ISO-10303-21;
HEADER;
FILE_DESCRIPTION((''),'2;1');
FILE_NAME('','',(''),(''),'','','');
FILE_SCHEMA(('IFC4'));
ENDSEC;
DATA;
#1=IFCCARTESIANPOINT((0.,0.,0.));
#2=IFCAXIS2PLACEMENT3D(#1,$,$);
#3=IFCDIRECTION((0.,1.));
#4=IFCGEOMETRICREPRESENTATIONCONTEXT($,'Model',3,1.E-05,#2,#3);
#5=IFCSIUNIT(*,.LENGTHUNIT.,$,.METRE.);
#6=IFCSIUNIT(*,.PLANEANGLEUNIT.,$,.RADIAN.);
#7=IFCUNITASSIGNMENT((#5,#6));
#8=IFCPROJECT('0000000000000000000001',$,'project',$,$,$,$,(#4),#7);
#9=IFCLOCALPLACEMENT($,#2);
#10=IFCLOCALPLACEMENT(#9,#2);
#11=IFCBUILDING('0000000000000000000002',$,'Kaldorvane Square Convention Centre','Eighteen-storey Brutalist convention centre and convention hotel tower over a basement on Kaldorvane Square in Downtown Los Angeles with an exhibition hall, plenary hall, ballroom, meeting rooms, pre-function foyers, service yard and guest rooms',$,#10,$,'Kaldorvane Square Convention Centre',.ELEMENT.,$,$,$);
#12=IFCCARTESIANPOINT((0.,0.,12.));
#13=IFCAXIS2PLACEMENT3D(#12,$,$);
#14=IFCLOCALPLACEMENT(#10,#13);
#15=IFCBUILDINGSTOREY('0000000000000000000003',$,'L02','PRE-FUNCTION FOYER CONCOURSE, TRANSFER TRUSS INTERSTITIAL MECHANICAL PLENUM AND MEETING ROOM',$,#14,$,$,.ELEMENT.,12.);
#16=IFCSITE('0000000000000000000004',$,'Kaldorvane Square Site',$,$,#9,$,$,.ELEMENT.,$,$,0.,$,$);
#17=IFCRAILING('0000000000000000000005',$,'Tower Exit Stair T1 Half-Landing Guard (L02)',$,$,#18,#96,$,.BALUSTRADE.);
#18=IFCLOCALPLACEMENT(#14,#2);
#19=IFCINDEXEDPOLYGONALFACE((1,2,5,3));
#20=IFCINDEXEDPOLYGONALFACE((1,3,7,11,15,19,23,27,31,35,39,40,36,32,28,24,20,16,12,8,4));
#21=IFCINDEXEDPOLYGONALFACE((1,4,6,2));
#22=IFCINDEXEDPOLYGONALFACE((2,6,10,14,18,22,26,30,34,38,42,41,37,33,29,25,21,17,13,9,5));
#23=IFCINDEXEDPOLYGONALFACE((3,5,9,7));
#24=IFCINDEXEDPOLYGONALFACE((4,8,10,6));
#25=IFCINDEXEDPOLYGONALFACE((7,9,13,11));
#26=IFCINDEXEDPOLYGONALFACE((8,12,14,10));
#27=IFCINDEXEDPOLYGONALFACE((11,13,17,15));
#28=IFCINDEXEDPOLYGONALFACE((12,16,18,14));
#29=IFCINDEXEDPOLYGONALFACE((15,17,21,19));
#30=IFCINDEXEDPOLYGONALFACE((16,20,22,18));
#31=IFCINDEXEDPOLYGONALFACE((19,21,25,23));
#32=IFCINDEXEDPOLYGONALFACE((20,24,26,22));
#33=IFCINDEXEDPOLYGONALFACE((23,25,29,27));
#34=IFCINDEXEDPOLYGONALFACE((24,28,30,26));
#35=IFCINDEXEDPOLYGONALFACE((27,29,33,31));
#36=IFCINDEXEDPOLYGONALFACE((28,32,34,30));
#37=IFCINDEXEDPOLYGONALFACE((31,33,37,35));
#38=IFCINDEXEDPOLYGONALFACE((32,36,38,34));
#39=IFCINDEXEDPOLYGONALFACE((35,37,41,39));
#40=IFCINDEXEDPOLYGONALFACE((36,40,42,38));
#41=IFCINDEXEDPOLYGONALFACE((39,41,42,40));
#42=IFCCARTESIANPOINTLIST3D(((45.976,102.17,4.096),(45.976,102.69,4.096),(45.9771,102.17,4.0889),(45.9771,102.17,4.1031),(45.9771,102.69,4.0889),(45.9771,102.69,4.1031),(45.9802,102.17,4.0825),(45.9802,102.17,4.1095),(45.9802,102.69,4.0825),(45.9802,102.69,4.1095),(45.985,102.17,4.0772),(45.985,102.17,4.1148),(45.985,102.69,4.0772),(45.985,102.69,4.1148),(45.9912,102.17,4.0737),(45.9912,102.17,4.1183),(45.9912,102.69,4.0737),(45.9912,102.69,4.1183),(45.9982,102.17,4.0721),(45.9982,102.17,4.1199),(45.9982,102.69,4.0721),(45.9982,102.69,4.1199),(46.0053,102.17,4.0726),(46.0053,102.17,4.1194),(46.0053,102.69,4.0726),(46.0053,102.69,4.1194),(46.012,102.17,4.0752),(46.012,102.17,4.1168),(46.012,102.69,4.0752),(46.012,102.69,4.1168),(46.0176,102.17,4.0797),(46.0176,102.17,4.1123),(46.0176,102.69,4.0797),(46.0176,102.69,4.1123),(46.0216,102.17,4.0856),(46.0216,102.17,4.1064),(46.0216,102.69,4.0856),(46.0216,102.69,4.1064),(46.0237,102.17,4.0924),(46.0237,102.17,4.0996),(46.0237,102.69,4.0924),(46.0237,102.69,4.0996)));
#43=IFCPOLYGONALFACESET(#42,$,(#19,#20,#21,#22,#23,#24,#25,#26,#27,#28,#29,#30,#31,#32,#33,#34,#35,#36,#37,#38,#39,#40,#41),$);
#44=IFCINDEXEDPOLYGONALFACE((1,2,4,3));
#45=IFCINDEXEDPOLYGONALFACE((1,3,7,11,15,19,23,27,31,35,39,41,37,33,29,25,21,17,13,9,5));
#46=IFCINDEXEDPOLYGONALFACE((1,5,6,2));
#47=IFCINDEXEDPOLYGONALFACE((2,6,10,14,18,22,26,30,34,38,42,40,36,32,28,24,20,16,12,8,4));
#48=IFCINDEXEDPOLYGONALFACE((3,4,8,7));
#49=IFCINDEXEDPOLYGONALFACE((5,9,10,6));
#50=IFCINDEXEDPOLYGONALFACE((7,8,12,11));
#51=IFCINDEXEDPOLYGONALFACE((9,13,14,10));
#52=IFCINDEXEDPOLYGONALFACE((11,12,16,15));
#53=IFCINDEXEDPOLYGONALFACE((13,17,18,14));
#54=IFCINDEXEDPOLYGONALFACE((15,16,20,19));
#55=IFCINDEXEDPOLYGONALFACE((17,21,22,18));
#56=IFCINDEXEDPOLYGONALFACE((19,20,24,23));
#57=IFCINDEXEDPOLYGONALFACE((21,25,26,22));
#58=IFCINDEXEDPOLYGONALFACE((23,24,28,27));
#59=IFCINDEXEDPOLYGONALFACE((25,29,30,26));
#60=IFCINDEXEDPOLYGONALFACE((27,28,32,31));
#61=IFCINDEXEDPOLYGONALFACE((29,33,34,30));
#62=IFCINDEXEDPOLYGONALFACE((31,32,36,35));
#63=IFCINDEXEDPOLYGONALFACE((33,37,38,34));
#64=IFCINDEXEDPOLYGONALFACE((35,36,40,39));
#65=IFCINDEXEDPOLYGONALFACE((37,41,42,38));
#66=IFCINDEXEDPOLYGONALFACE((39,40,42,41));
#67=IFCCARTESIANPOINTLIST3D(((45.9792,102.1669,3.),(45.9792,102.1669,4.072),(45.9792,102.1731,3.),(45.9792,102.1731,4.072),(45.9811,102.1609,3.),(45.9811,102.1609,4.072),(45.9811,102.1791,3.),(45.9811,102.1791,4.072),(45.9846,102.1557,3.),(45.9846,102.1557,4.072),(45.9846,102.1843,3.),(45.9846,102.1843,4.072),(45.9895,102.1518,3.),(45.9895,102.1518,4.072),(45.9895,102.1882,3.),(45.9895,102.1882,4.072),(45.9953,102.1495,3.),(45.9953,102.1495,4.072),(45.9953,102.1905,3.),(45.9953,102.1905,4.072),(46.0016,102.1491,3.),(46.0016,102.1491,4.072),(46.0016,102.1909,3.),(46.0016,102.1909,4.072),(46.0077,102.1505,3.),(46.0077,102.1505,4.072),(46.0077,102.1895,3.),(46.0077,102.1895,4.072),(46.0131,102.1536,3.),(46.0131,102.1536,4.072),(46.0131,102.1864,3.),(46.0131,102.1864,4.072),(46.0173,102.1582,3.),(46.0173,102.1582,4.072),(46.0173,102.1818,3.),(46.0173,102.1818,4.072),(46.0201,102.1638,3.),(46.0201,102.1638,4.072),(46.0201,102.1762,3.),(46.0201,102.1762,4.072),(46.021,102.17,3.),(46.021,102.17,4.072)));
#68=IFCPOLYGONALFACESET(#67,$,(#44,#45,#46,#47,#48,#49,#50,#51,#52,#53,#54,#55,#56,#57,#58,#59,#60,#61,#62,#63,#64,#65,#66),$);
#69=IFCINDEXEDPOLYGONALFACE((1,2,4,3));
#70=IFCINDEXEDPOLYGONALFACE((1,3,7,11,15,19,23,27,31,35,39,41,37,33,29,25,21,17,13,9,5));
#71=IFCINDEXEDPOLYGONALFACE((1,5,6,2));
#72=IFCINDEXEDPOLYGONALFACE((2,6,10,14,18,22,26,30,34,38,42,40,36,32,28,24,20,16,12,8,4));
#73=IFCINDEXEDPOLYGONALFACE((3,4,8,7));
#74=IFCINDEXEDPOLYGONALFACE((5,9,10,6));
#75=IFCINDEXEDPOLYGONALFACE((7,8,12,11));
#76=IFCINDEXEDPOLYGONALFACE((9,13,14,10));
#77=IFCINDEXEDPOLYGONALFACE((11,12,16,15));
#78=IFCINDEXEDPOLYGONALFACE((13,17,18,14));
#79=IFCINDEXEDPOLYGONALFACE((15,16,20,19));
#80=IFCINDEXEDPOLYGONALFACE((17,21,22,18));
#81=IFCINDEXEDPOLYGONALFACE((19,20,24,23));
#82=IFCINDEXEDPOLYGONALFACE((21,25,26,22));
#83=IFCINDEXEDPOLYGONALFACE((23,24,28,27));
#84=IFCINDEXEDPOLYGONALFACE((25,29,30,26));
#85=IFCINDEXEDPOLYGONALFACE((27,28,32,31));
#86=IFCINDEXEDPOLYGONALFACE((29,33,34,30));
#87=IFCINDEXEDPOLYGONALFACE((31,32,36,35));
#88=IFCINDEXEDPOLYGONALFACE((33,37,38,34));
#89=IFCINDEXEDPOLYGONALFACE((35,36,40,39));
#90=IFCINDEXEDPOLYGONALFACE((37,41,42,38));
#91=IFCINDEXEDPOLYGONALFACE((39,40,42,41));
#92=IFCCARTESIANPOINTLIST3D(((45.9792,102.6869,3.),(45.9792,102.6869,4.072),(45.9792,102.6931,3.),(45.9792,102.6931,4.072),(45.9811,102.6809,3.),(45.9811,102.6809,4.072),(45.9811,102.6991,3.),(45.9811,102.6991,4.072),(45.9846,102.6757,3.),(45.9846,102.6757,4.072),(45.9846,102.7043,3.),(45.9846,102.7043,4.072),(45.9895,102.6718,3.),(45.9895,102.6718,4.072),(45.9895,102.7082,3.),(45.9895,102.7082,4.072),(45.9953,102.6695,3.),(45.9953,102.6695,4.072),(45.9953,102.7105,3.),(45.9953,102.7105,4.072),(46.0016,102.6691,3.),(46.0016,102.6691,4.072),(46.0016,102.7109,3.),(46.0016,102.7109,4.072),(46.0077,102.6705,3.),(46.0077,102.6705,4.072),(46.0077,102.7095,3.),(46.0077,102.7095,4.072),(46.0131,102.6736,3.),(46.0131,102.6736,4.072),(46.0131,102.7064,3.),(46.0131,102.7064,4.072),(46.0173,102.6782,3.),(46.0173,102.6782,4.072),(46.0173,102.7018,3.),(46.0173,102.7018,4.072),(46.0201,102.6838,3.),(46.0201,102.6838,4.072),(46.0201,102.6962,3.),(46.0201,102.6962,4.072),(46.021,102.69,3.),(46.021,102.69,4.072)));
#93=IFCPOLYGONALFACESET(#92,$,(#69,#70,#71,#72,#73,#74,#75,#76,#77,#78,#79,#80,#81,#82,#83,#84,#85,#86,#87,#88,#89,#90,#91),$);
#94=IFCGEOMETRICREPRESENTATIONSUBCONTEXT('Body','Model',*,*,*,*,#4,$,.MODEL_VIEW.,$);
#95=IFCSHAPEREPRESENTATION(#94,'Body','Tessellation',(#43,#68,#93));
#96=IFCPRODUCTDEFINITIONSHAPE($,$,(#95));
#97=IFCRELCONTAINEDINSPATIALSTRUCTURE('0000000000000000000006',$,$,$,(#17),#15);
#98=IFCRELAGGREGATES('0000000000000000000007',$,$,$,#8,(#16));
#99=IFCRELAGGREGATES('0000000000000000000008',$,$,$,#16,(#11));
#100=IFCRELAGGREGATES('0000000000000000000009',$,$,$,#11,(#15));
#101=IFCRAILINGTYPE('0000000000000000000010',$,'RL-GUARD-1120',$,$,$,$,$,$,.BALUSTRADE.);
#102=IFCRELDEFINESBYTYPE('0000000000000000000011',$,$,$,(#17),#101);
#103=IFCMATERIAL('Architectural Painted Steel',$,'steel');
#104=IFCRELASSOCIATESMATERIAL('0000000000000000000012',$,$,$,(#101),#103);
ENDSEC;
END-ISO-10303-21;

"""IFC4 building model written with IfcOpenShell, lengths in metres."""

from ifc_helpers import new_model, si_unit, direction, frame, origin, origin_2d, place, context, subcontext, project, spatial, circle, extrude, material, type_object, element, save


model = new_model("IFC4")

# Units and contexts
model_context = context("Model", 3, precision=1e-05, world=origin(), true_north=direction((0.0, 1.0)))
body_context = subcontext(model_context, "Body", "Model", "MODEL_VIEW")
ifc_project = project(units=[si_unit("LENGTHUNIT", "METRE"), si_unit("PLANEANGLEUNIT", "RADIAN")], contexts=[model_context])

# Site, building, storey
site_placement = place(None, origin())
site = spatial("IfcSite", under=ifc_project, at=site_placement, Name="Kaldorvane Square Site", CompositionType="ELEMENT", RefElevation=0.0)
building_placement = place(site_placement, origin())
building = spatial("IfcBuilding", under=site, at=building_placement, Name="Kaldorvane Square Convention Centre", Description="Eighteen-storey Brutalist convention centre and convention hotel tower over a basement on Kaldorvane Square in Downtown Los Angeles with an exhibition hall, plenary hall, ballroom, meeting rooms, pre-function foyers, service yard and guest rooms", LongName="Kaldorvane Square Convention Centre", CompositionType="ELEMENT")
storey_placement = place(building_placement, frame((0.0, 0.0, 12.0)))
storey = spatial("IfcBuildingStorey", under=building, at=storey_placement, Name="L02", Description="PRE-FUNCTION FOYER CONCOURSE, TRANSFER TRUSS INTERSTITIAL MECHANICAL PLENUM AND MEETING ROOM", CompositionType="ELEMENT", Elevation=12.0)

# Railing
ifc_material_1 = material(Name="Architectural Painted Steel", Category="steel")
railing_type_1 = type_object("IfcRailingType", Name="RL-GUARD-1120", PredefinedType="BALUSTRADE", material=ifc_material_1)
for number, where, name in (
    (1, (46.0, 102.17, 3.0), "Tower Exit Stair T1 Half-Landing Guard (L02)"),
):
    element("IfcRailing", number, at=place(storey_placement, frame(where)), inside=storey, type_object=railing_type_1, Name=name, PredefinedType="BALUSTRADE", context=body_context, shape_type="SweptSolid", body=[
        extrude(circle(Radius=0.024, at=origin_2d()), frame((0.0, 0.0, 1.096), z_axis=(0.0, 1.0, 0.0), x_axis=(-1.0, 0.0, 0.0)), (0.0, 0.0, 1.0), 0.52),
        extrude(circle(Radius=0.021, at=origin_2d()), origin(), (0.0, 0.0, 1.0), 1.072),
        extrude(circle(Radius=0.021, at=origin_2d()), frame((0.0, 0.52, 0.0)), (0.0, 0.0, 1.0), 1.072),
    ])

save(model, "model.ifc")
